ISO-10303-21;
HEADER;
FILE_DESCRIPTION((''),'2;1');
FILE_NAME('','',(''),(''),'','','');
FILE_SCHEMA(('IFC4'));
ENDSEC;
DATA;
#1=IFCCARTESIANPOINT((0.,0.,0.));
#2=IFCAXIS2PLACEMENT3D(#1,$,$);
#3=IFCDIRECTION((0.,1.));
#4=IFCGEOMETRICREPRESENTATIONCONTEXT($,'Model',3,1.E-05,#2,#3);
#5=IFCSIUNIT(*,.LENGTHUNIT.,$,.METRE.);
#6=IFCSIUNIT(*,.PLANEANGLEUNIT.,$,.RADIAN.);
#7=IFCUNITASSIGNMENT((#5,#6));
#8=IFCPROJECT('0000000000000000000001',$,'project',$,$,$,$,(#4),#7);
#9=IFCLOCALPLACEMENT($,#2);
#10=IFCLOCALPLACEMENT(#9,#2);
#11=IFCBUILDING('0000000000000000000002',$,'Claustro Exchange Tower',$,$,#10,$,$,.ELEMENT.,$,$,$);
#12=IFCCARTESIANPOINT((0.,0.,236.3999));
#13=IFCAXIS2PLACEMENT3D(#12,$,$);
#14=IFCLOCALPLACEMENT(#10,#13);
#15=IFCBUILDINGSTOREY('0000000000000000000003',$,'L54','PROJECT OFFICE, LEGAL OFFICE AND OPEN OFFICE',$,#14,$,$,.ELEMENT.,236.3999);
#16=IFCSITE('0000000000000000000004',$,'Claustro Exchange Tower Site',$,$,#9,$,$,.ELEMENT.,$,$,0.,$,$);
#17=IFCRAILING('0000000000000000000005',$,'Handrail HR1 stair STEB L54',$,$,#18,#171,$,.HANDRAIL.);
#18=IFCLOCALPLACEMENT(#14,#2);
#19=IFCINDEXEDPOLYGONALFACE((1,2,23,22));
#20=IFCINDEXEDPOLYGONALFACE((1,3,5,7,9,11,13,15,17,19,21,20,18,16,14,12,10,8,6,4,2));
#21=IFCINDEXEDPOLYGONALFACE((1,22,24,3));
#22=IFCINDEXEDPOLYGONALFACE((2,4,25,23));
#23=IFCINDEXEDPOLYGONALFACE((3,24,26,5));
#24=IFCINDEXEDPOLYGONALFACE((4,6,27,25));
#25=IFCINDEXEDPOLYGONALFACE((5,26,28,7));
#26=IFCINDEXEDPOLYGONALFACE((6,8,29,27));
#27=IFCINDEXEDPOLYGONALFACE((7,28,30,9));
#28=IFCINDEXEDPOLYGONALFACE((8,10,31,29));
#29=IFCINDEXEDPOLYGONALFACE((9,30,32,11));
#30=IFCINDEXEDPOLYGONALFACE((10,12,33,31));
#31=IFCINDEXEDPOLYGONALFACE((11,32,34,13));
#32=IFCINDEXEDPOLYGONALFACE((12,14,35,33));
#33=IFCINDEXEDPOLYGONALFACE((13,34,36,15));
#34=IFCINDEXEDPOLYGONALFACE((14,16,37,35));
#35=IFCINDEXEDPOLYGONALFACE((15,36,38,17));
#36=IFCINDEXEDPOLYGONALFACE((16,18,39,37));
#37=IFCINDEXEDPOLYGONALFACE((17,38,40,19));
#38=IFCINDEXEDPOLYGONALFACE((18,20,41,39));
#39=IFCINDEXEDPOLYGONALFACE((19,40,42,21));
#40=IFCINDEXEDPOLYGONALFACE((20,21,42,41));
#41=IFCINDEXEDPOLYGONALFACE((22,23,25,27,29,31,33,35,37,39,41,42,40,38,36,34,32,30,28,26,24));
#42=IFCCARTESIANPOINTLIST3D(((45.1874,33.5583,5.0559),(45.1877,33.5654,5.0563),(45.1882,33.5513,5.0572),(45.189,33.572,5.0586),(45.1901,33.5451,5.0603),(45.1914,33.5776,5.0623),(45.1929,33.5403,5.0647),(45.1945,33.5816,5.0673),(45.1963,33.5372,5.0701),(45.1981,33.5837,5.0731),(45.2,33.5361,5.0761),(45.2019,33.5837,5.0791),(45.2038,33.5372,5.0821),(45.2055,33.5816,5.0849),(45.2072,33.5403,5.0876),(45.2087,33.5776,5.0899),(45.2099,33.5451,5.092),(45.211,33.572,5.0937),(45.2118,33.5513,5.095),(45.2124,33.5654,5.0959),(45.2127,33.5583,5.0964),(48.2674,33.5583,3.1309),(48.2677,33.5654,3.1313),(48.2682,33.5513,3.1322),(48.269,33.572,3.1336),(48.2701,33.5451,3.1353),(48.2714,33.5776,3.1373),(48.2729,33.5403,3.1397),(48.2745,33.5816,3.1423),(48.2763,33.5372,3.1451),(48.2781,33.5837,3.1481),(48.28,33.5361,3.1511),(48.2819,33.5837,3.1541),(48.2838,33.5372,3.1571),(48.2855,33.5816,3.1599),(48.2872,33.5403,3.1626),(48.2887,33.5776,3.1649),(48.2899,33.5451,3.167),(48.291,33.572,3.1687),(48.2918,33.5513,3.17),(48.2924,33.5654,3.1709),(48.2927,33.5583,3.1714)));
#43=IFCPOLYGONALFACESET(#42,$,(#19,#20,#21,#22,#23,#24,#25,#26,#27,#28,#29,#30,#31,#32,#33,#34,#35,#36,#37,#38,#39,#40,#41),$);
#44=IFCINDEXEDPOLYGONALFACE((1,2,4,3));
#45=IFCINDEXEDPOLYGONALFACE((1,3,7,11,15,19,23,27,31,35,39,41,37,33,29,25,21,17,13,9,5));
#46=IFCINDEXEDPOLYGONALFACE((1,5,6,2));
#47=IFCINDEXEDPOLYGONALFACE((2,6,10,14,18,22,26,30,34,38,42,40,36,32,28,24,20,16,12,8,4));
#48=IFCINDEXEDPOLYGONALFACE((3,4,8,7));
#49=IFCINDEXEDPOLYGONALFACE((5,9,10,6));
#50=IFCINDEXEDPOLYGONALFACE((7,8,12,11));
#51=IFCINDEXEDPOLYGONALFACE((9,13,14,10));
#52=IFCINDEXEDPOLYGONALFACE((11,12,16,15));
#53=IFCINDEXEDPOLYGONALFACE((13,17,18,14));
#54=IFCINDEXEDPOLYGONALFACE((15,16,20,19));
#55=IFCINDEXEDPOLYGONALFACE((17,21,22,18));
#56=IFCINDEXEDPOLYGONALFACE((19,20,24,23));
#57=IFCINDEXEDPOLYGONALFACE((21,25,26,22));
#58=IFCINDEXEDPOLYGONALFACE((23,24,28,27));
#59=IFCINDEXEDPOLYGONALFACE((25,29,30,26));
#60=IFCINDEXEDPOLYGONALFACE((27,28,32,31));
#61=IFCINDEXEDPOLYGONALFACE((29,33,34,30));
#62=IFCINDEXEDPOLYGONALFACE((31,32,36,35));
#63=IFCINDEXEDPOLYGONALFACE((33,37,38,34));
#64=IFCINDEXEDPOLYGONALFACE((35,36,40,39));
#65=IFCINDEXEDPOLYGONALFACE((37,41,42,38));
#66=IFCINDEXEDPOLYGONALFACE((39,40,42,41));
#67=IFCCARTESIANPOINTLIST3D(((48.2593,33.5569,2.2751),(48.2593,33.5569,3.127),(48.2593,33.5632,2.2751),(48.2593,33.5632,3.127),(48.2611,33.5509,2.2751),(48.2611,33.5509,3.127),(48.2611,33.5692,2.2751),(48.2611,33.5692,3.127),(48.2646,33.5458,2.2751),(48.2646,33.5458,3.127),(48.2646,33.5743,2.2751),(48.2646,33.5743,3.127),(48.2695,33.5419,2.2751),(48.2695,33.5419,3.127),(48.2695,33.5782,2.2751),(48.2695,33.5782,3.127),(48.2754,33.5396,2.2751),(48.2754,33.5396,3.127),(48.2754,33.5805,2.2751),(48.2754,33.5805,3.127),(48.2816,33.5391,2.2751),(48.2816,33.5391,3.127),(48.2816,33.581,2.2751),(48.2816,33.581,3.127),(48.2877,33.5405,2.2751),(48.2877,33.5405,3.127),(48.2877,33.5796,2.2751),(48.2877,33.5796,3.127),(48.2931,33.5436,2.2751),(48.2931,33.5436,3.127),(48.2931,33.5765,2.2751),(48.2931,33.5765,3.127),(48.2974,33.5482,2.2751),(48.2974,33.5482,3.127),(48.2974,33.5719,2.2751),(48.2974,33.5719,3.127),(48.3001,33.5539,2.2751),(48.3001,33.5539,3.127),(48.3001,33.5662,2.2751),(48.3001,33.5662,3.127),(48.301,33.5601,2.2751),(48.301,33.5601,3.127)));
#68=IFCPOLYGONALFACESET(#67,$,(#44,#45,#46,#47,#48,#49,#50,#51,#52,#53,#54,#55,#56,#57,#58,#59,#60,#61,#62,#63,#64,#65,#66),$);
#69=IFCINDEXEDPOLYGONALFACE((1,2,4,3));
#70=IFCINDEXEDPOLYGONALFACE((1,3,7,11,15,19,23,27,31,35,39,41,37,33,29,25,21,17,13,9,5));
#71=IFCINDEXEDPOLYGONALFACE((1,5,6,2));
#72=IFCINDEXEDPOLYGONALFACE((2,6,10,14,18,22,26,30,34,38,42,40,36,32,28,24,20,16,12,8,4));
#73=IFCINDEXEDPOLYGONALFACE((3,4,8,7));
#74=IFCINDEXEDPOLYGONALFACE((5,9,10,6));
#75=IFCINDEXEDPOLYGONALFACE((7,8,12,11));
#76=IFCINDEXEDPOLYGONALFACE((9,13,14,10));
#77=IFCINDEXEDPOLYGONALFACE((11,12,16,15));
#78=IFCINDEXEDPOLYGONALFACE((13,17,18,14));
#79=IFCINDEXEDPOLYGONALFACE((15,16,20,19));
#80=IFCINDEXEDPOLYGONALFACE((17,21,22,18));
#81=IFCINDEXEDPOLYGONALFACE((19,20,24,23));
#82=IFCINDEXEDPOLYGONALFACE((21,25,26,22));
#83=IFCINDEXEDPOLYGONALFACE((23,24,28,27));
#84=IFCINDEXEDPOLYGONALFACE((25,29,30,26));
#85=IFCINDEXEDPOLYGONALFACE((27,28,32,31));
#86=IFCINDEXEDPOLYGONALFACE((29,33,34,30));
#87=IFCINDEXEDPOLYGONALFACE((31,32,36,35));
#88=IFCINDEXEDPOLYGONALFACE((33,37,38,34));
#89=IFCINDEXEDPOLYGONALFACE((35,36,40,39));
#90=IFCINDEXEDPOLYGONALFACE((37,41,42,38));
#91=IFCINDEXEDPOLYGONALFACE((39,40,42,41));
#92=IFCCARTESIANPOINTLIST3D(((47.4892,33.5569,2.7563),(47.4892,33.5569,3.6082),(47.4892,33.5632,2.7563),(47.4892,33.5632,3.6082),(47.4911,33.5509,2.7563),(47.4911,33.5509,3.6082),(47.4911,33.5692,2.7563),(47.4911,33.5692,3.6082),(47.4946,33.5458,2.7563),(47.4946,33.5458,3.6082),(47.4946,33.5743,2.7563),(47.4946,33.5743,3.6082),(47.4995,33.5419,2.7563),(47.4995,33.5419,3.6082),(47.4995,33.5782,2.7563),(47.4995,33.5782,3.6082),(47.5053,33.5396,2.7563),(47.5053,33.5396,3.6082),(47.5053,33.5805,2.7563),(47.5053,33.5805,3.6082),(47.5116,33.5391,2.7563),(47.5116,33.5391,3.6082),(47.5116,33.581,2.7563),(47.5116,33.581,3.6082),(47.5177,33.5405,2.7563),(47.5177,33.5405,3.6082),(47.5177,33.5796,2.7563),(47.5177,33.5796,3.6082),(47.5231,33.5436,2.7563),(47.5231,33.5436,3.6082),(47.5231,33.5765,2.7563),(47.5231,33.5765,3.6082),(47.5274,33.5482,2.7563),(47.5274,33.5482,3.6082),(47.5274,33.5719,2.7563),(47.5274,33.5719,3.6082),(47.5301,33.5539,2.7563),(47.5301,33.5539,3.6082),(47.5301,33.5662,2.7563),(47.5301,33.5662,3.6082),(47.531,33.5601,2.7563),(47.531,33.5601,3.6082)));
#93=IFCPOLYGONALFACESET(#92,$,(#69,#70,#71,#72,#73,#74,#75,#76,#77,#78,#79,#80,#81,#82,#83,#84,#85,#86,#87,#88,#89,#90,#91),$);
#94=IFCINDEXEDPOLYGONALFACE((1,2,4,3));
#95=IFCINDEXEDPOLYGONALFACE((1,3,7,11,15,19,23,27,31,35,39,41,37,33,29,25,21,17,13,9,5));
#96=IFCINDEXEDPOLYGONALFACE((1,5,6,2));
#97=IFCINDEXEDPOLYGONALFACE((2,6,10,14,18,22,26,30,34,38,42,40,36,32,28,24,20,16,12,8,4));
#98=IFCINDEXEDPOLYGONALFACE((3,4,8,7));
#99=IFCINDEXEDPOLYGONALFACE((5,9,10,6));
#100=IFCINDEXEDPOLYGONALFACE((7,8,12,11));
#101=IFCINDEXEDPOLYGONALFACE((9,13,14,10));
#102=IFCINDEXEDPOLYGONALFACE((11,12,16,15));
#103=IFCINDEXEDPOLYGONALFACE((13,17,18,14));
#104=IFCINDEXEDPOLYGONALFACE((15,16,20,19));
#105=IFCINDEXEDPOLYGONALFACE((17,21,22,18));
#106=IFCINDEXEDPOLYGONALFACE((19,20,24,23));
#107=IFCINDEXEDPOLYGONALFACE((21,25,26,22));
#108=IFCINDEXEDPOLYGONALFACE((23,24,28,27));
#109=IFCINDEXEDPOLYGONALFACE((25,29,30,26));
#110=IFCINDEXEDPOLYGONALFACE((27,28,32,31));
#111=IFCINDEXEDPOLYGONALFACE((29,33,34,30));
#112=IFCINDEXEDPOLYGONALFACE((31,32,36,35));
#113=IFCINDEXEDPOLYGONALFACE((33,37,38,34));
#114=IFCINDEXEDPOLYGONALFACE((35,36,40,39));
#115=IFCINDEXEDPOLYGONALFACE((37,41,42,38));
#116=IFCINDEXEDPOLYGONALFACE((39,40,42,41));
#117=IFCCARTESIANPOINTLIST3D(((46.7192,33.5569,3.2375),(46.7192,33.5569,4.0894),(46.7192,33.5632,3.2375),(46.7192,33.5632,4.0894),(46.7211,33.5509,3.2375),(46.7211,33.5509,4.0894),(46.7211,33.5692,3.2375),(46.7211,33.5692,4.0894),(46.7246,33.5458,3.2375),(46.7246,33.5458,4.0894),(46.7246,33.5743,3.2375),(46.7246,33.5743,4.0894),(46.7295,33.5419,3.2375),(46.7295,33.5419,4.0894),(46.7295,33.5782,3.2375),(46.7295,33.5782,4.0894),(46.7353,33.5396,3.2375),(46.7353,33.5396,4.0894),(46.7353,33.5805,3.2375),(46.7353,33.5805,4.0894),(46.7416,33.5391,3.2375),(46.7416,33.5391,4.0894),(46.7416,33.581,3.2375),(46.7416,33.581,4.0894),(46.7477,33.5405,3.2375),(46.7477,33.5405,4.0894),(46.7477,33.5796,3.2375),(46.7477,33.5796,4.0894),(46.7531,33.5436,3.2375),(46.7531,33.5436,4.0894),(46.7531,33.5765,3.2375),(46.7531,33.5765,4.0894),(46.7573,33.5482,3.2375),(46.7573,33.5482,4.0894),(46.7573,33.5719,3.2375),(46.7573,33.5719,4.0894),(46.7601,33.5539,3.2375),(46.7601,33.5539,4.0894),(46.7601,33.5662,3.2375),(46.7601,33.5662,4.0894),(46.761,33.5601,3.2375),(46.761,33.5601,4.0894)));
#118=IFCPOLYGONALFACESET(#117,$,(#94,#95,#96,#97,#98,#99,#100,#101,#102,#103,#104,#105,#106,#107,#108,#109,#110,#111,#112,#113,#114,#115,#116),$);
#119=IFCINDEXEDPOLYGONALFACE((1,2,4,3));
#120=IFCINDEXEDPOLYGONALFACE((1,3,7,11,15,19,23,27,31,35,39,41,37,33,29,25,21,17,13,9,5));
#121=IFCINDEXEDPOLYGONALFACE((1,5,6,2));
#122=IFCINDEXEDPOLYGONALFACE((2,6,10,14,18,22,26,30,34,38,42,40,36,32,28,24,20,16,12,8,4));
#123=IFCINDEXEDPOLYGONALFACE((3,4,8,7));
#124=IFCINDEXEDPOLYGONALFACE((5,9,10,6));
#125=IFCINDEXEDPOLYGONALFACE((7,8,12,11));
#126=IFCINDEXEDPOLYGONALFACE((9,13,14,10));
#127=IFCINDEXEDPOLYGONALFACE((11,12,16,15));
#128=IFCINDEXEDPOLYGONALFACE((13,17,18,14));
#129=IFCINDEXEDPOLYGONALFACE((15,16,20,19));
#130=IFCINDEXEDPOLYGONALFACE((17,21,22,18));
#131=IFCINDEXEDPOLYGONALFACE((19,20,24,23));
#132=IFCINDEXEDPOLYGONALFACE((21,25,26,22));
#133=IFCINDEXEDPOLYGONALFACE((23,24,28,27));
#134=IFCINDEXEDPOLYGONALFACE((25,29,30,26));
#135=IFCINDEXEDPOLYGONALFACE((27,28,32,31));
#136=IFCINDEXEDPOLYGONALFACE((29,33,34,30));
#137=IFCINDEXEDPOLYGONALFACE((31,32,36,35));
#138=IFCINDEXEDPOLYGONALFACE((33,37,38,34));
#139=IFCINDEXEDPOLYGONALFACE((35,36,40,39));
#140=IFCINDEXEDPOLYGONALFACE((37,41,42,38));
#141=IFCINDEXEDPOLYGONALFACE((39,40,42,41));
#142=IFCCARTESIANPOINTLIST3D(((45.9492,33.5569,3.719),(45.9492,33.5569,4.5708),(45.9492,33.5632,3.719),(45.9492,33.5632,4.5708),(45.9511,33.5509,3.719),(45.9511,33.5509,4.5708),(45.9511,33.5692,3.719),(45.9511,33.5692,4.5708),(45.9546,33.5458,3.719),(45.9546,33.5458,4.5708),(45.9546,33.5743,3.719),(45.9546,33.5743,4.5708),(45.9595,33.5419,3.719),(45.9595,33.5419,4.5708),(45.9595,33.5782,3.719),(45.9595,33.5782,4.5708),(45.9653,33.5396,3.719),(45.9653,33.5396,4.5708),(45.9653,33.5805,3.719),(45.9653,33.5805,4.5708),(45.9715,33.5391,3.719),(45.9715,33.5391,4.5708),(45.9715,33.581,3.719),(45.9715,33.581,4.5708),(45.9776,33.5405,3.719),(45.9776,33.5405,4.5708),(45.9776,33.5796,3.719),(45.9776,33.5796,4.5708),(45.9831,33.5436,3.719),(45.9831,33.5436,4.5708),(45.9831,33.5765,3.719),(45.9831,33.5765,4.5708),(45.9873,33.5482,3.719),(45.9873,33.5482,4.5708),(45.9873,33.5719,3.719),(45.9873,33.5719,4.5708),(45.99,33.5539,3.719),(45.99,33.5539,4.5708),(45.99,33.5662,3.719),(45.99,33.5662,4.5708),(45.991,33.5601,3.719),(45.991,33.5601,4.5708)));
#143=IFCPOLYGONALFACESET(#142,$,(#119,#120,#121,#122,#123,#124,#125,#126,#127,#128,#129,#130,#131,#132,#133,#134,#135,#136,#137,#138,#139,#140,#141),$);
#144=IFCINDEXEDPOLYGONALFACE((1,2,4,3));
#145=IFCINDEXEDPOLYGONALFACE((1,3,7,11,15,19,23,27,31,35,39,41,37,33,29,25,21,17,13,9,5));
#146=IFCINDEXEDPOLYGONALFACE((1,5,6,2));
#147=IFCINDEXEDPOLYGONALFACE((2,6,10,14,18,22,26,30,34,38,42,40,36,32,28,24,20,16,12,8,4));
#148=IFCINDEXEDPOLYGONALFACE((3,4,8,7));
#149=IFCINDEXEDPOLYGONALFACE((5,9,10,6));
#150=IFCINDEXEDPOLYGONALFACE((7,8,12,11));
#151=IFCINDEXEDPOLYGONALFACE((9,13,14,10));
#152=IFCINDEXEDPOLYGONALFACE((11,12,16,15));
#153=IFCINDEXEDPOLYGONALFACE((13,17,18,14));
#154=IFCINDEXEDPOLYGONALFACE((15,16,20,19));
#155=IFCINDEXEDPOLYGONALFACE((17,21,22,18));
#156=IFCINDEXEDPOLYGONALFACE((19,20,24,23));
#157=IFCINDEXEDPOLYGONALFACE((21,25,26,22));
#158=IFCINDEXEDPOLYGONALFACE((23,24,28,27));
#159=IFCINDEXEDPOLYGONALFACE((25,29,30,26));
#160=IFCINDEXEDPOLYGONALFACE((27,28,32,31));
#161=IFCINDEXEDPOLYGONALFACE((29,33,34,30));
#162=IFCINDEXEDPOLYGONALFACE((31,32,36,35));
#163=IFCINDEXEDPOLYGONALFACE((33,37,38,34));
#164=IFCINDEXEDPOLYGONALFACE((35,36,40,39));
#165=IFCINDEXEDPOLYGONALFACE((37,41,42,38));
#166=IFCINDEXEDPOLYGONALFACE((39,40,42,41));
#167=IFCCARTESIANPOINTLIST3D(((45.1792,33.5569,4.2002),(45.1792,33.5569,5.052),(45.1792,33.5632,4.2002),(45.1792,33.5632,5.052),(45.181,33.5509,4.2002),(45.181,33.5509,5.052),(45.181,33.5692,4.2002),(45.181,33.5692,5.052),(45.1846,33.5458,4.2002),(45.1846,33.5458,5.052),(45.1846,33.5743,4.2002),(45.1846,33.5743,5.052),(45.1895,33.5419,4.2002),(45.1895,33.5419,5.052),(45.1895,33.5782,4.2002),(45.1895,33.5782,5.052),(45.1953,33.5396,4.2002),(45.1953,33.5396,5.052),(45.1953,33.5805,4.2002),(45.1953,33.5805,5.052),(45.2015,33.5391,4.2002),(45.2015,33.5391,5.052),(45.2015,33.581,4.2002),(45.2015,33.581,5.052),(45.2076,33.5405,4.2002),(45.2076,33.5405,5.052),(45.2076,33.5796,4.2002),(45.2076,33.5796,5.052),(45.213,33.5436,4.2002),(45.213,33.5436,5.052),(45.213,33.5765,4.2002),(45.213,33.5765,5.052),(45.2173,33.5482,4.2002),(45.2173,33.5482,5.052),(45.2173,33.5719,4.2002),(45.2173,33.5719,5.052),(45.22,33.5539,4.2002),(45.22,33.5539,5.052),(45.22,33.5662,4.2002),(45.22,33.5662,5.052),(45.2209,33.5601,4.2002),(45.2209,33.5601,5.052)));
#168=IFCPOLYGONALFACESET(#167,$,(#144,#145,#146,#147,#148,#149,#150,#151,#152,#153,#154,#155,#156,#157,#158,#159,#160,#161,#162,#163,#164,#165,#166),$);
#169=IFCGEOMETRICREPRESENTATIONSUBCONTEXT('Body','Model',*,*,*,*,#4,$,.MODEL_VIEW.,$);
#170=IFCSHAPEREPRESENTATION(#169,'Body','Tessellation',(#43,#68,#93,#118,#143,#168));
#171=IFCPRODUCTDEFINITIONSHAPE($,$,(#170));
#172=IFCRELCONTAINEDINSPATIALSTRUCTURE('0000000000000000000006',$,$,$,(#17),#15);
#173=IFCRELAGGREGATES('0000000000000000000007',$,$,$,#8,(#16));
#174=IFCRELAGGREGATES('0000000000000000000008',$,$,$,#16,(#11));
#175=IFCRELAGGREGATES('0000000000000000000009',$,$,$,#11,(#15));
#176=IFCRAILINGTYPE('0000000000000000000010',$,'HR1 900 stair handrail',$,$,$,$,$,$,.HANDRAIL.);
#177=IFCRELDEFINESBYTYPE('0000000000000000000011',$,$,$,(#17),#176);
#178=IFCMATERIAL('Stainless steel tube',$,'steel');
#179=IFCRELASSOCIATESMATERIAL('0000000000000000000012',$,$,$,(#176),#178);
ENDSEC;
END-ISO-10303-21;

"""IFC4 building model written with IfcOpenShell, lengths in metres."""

from ifc_helpers import new_model, si_unit, direction, frame, origin, origin_2d, place, context, subcontext, project, spatial, circle, extrude, material, type_object, element, save


model = new_model("IFC4")

# Units and contexts
model_context = context("Model", 3, precision=1e-05, world=origin(), true_north=direction((0.0, 1.0)))
body_context = subcontext(model_context, "Body", "Model", "MODEL_VIEW")
ifc_project = project(units=[si_unit("LENGTHUNIT", "METRE"), si_unit("PLANEANGLEUNIT", "RADIAN")], contexts=[model_context])

# Site, building, storey
site_placement = place(None, origin())
site = spatial("IfcSite", under=ifc_project, at=site_placement, Name="Claustro Exchange Tower Site", CompositionType="ELEMENT", RefElevation=0.0)
building_placement = place(site_placement, origin())
building = spatial("IfcBuilding", under=site, at=building_placement, Name="Claustro Exchange Tower", CompositionType="ELEMENT")
storey_placement = place(building_placement, frame((0.0, 0.0, 236.3999)))
storey = spatial("IfcBuildingStorey", under=building, at=storey_placement, Name="L54", Description="PROJECT OFFICE, LEGAL OFFICE AND OPEN OFFICE", CompositionType="ELEMENT", Elevation=236.3999)

# Railing
ifc_material_1 = material(Name="Stainless steel tube", Category="steel")
railing_type_1 = type_object("IfcRailingType", Name="HR1 900 stair handrail", PredefinedType="HANDRAIL", material=ifc_material_1)
railing_1_placement = place(storey_placement, frame((48.28, 33.5601, 2.2751)))
element("IfcRailing", 1, at=railing_1_placement, inside=storey, type_object=railing_type_1, Name="Handrail HR1 stair STEB L54", PredefinedType="HANDRAIL", context=body_context, shape_type="SweptSolid", body=[
    extrude(circle(Radius=0.0239, at=origin_2d()), frame((0.0, 0.0, 0.876), z_axis=(-0.847998, 0.0, 0.529999), x_axis=(0.0, -1.0, 0.0)), (0.0, 0.0, 1.0), 3.6321),
    extrude(circle(Radius=0.021, at=origin_2d()), origin(), (0.0, 0.0, 1.0), 0.8518),
    extrude(circle(Radius=0.021, at=origin_2d()), frame((-0.77, 0.0, 0.4812)), (0.0, 0.0, 1.0), 0.8518),
    extrude(circle(Radius=0.021, at=origin_2d()), frame((-1.54, 0.0, 0.9624)), (0.0, 0.0, 1.0), 0.8518),
    extrude(circle(Radius=0.021, at=origin_2d()), frame((-2.3101, 0.0, 1.4438)), (0.0, 0.0, 1.0), 0.8518),
    extrude(circle(Radius=0.021, at=origin_2d()), frame((-3.0801, 0.0, 1.925)), (0.0, 0.0, 1.0), 0.8518),
])

save(model, "model.ifc")
